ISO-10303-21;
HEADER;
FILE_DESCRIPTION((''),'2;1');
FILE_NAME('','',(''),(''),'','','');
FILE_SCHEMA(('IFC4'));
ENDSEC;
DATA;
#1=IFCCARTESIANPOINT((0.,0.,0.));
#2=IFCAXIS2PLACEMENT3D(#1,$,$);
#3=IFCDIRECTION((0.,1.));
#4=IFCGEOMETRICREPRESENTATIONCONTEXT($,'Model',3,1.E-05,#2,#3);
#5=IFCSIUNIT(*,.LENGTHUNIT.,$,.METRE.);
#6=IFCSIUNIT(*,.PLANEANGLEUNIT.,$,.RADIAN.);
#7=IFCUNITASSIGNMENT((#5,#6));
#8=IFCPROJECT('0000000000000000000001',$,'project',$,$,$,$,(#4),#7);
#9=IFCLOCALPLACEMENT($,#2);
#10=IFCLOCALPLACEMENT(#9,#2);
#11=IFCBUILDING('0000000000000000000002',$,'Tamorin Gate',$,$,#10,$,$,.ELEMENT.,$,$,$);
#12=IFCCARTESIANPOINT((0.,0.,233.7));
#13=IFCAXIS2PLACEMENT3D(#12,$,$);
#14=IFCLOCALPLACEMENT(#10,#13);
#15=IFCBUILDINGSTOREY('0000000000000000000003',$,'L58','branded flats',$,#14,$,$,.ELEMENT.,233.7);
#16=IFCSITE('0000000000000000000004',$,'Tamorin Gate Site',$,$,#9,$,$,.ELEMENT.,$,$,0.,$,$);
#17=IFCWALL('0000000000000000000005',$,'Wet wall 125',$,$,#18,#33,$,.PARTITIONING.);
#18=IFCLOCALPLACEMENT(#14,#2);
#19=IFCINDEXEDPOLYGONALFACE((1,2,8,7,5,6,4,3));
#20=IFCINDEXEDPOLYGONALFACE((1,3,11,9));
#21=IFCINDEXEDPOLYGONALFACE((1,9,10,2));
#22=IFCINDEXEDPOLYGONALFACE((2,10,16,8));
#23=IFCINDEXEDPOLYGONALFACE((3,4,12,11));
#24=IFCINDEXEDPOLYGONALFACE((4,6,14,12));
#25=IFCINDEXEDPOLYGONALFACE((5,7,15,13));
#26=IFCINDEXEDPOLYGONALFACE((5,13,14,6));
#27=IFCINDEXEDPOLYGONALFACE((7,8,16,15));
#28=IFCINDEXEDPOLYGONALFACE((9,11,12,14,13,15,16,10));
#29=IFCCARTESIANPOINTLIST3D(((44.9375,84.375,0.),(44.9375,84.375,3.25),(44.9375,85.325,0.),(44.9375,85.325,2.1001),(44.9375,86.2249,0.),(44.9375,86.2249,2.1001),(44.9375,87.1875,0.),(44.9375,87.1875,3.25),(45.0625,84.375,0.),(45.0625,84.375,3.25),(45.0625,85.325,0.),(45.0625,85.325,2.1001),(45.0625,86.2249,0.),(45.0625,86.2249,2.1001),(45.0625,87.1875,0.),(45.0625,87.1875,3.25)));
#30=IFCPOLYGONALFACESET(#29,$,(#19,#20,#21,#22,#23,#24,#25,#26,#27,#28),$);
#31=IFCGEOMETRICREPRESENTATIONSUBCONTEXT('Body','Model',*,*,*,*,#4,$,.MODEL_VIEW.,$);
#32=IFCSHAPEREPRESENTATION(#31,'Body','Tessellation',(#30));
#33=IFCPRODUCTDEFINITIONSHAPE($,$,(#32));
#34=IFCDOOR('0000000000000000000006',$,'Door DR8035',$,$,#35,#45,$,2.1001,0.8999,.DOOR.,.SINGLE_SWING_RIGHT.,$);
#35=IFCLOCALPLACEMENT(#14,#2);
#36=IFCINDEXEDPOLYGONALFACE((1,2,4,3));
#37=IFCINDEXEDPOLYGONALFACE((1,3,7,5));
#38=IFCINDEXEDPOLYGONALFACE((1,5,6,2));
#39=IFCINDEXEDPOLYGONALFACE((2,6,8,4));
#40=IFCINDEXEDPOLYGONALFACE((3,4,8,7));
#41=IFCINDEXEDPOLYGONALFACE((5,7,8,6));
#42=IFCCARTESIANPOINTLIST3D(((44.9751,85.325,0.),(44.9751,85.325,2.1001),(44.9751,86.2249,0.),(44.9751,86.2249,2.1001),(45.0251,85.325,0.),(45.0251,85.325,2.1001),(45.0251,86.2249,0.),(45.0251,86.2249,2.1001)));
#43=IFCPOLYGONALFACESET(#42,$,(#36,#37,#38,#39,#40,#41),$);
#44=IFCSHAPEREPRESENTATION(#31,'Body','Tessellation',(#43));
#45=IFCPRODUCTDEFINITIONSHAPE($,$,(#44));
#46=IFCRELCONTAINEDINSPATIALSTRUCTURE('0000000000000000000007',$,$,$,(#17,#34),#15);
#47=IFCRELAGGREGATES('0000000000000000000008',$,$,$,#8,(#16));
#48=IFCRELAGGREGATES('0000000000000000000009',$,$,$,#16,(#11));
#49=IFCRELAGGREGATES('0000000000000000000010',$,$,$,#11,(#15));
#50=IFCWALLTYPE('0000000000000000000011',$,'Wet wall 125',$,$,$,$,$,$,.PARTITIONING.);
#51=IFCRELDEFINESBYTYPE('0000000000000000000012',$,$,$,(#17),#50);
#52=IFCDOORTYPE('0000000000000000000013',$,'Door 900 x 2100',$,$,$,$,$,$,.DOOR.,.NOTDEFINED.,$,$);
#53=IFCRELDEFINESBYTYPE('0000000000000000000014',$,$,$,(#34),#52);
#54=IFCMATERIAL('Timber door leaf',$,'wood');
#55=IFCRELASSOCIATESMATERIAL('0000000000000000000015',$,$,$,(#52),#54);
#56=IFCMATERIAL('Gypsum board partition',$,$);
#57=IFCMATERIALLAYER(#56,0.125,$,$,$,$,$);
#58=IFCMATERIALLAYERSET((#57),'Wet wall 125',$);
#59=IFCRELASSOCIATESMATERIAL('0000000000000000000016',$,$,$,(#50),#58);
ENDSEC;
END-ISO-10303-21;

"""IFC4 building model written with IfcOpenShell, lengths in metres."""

from ifc_helpers import new_model, si_unit, direction, frame, frame_2d, origin, place, context, subcontext, project, spatial, rectangle, extrude, material, layer, layer_set, type_object, element, fill, save


model = new_model("IFC4")

# Units and contexts
model_context = context("Model", 3, precision=1e-05, world=origin(), true_north=direction((0.0, 1.0)))
body_context = subcontext(model_context, "Body", "Model", "MODEL_VIEW")
ifc_project = project(units=[si_unit("LENGTHUNIT", "METRE"), si_unit("PLANEANGLEUNIT", "RADIAN")], contexts=[model_context])

# Site, building, storey
site_placement = place(None, origin())
site = spatial("IfcSite", under=ifc_project, at=site_placement, Name="Tamorin Gate Site", CompositionType="ELEMENT", RefElevation=0.0)
building_placement = place(site_placement, origin())
building = spatial("IfcBuilding", under=site, at=building_placement, Name="Tamorin Gate", CompositionType="ELEMENT")
storey_placement = place(building_placement, frame((0.0, 0.0, 233.7)))
storey = spatial("IfcBuildingStorey", under=building, at=storey_placement, Name="L58", Description="branded flats", CompositionType="ELEMENT", Elevation=233.7)

# Shared definitions
ifc_material_1 = material(Name="Gypsum board partition")

# Shared definitions
ifc_material_2 = material(Name="Timber door leaf", Category="wood")
door_type = type_object("IfcDoorType", Name="Door 900 x 2100", OperationType="NOTDEFINED", PredefinedType="DOOR", material=ifc_material_2)

# Shared definitions
ifc_layer_1 = layer(ifc_material_1, 0.125)
ifc_layer_set_1 = layer_set([ifc_layer_1], Name="Wet wall 125")
wall_type_1 = type_object("IfcWallType", Name="Wet wall 125", PredefinedType="PARTITIONING", material=ifc_layer_set_1)

# Wall, opening, door
wall_1_placement = place(storey_placement, frame((45.0, 84.375, 0.0), z_axis=(0.0, 0.0, 1.0), x_axis=(0.0, 1.0, 0.0)))
wall_1 = element("IfcWall", 1, at=wall_1_placement, inside=storey, type_object=wall_type_1, Name="Wet wall 125", PredefinedType="PARTITIONING", context=body_context, shape_type="SweptSolid", body=[
    extrude(rectangle(XDim=2.8125, YDim=0.125, at=frame_2d((1.4062, 0.0))), origin(), (0.0, 0.0, 1.0), 3.25),
])
opening_1_placement = place(wall_1_placement, frame((0.95, 0.0, 0.0)))
opening_1 = element("IfcOpeningElement", 2, at=opening_1_placement, cuts=wall_1, PredefinedType="OPENING", context=body_context, shape_type="SweptSolid", body=[
    extrude(rectangle(XDim=0.8999, YDim=2.1001, at=frame_2d((0.45, 1.05))), frame((0.0, 0.0725, 0.0), z_axis=(0.0, -1.0, 0.0), x_axis=(1.0, 0.0, 0.0)), (0.0, 0.0, 1.0), 0.145),
])
door_1_placement = place(opening_1_placement, origin())
door_1 = element("IfcDoor", 3, at=door_1_placement, inside=storey, type_object=door_type, Name="Door DR8035", OperationType="SINGLE_SWING_RIGHT", OverallHeight=2.1001, OverallWidth=0.8999, PredefinedType="DOOR", context=body_context, shape_type="SweptSolid", body=[
    extrude(rectangle(XDim=0.8999, YDim=2.1001, at=frame_2d((0.45, 1.05))), frame((0.0, 0.0249, 0.0), z_axis=(0.0, -1.0, 0.0), x_axis=(1.0, 0.0, 0.0)), (0.0, 0.0, 1.0), 0.05),
])
fill(opening_1, door_1)

save(model, "model.ifc")
